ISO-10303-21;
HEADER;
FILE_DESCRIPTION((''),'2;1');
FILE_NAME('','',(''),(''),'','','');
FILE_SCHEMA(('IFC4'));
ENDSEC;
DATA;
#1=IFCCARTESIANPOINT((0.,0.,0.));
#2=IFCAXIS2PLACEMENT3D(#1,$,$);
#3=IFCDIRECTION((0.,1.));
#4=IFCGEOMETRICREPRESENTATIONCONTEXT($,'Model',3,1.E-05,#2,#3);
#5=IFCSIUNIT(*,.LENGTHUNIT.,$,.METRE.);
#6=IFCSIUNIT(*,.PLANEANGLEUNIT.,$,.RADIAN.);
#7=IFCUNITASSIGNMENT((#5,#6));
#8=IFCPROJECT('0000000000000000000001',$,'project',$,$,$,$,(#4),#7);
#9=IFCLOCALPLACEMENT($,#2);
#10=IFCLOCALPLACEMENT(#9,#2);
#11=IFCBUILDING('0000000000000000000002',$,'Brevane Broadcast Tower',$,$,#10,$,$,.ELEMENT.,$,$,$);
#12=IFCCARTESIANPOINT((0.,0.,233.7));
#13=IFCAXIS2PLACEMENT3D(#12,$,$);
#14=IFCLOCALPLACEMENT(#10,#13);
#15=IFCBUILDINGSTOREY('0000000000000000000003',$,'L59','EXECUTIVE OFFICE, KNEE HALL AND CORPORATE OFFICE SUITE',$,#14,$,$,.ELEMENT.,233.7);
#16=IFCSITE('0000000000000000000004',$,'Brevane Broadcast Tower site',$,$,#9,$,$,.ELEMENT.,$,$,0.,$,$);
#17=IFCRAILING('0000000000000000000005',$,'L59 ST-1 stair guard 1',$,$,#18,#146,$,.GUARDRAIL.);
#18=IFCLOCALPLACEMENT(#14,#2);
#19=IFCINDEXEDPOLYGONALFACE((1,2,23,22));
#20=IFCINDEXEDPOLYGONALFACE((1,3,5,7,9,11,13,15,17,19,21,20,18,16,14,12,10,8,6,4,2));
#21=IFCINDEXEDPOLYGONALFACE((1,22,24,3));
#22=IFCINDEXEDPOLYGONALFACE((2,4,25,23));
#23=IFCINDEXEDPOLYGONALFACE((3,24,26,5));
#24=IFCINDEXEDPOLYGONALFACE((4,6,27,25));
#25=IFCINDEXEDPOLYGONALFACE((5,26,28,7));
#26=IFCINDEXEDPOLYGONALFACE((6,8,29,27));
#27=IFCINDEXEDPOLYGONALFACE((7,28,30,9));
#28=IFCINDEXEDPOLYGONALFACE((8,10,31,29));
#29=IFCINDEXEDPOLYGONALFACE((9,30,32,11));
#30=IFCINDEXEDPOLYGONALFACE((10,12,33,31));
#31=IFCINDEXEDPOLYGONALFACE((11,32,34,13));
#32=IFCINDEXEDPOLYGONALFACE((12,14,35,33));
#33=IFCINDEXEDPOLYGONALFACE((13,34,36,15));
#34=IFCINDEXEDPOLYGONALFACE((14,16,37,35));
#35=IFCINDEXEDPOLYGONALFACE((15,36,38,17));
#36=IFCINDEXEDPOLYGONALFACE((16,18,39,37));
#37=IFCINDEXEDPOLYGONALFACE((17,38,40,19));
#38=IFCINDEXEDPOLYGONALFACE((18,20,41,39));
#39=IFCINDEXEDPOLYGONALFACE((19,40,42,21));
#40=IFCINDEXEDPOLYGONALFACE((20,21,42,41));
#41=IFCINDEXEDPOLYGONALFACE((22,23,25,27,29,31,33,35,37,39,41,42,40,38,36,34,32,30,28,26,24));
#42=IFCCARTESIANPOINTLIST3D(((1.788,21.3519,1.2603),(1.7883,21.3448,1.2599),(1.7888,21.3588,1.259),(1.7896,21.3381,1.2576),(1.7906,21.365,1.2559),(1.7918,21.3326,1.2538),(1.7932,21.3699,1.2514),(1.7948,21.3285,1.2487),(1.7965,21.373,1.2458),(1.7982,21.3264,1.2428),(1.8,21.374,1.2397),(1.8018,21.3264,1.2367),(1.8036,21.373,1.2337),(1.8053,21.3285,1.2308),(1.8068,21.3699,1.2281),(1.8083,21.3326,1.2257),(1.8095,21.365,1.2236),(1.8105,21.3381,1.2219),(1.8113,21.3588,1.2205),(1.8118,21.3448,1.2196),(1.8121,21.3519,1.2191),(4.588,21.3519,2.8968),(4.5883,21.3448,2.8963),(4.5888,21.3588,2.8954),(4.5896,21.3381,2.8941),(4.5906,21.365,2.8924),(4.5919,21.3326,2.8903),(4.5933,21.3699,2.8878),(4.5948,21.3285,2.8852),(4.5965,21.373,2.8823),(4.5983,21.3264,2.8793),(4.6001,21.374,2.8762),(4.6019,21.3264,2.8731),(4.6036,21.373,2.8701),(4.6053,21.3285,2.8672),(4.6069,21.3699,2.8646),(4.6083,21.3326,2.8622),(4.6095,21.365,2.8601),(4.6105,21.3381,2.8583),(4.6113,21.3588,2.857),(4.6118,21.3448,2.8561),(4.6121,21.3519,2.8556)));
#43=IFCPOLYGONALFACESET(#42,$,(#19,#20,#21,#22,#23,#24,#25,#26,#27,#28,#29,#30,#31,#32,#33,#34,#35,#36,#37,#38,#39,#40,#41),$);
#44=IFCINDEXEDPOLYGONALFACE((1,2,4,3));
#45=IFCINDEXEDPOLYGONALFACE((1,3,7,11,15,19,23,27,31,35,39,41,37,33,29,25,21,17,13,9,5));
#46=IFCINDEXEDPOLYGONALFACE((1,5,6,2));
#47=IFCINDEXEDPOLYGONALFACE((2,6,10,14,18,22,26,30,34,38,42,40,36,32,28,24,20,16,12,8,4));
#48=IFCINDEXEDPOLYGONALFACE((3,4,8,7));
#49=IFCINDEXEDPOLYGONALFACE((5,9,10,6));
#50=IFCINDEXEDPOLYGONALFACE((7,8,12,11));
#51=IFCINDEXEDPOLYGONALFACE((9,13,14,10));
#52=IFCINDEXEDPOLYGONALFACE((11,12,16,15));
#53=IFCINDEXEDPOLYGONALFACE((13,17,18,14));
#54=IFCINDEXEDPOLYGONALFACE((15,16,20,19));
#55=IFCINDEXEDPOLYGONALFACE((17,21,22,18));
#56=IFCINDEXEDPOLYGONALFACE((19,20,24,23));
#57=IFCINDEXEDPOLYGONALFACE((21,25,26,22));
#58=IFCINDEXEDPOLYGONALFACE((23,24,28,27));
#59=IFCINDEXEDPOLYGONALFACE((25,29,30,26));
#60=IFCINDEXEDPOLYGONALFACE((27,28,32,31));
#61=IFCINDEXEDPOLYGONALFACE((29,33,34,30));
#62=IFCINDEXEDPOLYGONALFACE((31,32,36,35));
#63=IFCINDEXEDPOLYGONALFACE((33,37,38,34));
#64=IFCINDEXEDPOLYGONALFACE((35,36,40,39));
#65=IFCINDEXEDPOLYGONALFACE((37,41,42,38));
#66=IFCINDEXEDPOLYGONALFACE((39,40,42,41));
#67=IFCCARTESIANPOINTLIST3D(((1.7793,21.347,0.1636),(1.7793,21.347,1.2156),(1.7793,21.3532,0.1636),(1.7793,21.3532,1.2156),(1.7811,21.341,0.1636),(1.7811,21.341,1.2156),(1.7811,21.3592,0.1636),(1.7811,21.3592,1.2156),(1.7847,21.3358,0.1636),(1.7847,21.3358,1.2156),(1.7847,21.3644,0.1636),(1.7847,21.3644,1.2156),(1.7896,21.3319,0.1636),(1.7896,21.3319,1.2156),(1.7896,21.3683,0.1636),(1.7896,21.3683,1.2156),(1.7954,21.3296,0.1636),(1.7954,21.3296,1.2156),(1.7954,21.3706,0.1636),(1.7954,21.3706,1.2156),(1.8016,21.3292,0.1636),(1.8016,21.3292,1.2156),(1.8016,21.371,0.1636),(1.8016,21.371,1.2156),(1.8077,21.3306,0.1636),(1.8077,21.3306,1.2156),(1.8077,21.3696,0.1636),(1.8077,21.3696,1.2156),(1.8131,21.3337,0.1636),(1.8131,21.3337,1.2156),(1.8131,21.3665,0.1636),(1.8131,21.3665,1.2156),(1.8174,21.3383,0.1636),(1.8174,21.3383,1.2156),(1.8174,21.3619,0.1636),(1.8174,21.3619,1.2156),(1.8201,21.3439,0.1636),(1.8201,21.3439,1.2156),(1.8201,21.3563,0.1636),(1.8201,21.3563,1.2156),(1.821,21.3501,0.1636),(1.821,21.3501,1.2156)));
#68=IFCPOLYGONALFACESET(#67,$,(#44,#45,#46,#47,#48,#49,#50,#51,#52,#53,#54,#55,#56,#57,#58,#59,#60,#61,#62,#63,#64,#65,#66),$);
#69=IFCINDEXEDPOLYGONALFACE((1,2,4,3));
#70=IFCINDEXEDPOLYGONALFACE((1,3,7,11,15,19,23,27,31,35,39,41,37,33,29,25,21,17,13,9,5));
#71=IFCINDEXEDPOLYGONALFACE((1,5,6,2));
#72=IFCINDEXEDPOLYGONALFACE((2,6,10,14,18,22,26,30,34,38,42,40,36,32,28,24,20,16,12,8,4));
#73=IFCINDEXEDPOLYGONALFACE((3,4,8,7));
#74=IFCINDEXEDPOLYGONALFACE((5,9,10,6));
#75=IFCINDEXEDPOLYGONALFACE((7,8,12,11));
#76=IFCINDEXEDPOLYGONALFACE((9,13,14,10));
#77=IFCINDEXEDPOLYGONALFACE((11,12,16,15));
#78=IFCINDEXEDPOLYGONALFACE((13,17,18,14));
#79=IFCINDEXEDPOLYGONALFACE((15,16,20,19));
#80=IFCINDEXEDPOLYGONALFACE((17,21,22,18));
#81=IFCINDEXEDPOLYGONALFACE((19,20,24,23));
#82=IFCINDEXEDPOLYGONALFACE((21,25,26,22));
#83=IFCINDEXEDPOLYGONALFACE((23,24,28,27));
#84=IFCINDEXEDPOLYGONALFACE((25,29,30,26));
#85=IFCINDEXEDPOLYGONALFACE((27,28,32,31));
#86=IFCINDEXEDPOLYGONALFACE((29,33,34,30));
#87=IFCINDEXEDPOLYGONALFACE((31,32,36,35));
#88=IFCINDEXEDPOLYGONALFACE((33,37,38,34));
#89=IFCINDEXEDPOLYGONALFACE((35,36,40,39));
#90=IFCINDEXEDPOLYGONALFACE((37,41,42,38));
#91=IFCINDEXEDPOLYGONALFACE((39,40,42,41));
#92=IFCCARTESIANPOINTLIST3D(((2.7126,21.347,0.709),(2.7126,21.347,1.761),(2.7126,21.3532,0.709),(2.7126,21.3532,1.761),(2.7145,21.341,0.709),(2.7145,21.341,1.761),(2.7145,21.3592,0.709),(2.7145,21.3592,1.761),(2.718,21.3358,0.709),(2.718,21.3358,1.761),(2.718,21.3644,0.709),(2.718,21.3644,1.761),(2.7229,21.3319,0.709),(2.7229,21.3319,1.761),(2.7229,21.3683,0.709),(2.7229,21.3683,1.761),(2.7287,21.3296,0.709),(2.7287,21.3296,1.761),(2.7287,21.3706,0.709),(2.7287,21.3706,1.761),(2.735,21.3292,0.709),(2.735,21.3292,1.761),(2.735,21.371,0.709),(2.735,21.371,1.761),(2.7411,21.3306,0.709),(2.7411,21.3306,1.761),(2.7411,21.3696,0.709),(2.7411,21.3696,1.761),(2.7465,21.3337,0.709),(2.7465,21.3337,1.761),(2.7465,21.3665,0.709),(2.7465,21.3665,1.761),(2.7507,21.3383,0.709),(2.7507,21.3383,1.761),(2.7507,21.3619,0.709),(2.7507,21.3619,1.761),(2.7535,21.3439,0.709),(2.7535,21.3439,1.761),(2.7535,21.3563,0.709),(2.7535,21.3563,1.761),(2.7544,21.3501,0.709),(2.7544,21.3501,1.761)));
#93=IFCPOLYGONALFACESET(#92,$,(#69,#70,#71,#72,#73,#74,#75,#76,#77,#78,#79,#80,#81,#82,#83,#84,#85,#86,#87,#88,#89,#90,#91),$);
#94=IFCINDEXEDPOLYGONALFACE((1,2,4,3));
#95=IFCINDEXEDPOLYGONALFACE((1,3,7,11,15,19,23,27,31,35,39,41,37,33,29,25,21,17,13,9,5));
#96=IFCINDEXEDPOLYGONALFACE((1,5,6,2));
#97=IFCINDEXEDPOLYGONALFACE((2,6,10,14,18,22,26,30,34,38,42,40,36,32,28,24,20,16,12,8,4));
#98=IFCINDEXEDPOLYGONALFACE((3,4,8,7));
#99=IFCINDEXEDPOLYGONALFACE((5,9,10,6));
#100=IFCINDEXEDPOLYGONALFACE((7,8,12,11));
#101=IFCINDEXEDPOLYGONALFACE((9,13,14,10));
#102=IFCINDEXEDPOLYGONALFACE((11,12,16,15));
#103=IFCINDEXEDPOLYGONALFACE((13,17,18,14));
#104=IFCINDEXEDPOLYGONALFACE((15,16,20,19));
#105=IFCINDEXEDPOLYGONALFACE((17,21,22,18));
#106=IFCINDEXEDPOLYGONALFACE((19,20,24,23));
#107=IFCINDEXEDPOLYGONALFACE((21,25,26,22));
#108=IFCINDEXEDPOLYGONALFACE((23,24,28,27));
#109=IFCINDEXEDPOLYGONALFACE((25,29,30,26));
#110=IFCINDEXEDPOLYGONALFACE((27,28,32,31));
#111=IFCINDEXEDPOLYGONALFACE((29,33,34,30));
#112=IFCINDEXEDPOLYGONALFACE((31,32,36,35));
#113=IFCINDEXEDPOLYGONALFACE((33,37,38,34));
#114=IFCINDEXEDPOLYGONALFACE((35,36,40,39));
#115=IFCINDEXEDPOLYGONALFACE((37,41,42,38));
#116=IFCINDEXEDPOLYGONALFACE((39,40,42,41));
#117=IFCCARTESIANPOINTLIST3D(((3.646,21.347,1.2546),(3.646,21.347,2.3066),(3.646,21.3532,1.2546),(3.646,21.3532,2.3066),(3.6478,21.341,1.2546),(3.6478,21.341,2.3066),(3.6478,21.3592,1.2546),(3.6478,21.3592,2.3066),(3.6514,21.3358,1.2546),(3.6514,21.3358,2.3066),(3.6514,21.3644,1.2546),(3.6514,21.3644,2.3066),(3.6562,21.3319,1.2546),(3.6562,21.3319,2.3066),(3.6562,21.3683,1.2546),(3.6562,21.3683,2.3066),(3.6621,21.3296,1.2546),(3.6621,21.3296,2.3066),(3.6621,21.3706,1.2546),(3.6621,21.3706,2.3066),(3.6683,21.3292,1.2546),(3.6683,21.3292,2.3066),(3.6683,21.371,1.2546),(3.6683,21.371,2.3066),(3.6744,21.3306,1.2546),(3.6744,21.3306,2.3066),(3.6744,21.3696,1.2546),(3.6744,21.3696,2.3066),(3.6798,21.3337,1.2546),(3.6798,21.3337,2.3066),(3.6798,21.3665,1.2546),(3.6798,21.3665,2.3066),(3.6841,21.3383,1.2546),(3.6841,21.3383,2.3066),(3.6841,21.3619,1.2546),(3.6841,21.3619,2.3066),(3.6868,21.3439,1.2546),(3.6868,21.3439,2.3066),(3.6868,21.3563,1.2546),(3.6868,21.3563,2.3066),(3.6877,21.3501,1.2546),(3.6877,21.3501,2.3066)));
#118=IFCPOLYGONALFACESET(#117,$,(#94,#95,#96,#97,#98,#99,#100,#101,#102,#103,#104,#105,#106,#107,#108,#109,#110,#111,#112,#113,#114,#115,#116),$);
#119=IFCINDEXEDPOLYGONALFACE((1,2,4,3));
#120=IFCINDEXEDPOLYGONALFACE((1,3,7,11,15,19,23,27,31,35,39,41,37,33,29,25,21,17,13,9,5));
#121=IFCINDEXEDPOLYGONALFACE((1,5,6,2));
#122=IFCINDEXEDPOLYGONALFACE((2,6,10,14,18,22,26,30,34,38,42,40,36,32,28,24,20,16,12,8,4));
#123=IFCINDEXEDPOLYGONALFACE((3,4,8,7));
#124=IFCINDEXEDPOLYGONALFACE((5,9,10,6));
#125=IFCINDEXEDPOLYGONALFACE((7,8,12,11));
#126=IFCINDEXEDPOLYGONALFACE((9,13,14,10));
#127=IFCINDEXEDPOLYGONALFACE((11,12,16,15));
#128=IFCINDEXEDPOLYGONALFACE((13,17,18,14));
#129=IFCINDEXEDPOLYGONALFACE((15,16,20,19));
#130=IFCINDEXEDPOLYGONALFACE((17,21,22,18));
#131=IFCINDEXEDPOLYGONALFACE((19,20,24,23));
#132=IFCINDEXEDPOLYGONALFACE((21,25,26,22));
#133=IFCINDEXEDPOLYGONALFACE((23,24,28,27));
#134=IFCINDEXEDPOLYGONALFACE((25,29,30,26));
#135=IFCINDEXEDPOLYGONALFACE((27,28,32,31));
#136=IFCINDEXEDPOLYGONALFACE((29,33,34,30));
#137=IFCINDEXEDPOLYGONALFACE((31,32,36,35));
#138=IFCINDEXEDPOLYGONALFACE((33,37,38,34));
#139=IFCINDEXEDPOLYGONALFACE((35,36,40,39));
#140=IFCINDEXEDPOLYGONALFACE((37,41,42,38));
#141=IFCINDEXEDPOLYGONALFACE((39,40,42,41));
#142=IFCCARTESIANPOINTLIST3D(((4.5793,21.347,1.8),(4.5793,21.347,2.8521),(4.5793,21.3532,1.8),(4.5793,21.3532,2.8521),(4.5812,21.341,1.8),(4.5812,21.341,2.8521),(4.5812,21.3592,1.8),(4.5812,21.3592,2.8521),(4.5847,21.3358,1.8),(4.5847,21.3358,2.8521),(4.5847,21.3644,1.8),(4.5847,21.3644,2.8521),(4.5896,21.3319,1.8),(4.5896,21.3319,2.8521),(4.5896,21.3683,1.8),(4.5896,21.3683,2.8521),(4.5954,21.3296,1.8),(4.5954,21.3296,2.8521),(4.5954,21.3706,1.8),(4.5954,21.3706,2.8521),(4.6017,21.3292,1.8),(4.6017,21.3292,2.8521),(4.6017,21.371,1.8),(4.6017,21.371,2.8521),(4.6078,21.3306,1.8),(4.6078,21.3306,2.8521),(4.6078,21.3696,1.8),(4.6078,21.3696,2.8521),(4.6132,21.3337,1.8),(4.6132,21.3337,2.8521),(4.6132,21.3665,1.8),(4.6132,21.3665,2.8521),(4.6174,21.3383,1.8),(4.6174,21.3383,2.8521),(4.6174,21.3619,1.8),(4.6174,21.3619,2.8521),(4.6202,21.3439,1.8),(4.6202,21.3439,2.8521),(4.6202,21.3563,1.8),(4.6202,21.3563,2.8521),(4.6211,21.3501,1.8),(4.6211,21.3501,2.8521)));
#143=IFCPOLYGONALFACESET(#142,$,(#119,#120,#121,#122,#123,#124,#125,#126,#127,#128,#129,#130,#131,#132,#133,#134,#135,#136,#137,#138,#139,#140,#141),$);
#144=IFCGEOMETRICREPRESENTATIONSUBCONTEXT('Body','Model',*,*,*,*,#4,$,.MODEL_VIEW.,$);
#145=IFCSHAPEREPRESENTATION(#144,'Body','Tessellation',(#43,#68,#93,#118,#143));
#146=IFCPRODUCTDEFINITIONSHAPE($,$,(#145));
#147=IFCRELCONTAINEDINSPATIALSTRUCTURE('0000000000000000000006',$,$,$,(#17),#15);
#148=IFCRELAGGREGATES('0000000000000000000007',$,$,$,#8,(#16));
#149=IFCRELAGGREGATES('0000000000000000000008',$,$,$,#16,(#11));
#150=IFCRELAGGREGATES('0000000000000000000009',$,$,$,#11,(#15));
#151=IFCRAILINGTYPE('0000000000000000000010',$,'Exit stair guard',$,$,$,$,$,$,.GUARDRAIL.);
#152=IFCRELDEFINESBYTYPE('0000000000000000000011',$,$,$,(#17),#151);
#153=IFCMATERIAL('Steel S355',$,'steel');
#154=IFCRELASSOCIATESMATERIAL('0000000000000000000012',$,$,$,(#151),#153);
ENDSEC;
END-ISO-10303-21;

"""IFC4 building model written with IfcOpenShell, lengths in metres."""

from ifc_helpers import new_model, si_unit, direction, frame, origin, origin_2d, place, context, subcontext, project, spatial, circle, extrude, material, type_object, element, save


model = new_model("IFC4")

# Units and contexts
model_context = context("Model", 3, precision=1e-05, world=origin(), true_north=direction((0.0, 1.0)))
body_context = subcontext(model_context, "Body", "Model", "MODEL_VIEW")
ifc_project = project(units=[si_unit("LENGTHUNIT", "METRE"), si_unit("PLANEANGLEUNIT", "RADIAN")], contexts=[model_context])

# Site, building, storey
site_placement = place(None, origin())
site = spatial("IfcSite", under=ifc_project, at=site_placement, Name="Brevane Broadcast Tower site", CompositionType="ELEMENT", RefElevation=0.0)
building_placement = place(site_placement, origin())
building = spatial("IfcBuilding", under=site, at=building_placement, Name="Brevane Broadcast Tower", CompositionType="ELEMENT")
storey_placement = place(building_placement, frame((0.0, 0.0, 233.7)))
storey = spatial("IfcBuildingStorey", under=building, at=storey_placement, Name="L59", Description="EXECUTIVE OFFICE, KNEE HALL AND CORPORATE OFFICE SUITE", CompositionType="ELEMENT", Elevation=233.7)

# Railing
ifc_material_1 = material(Name="Steel S355", Category="steel")
railing_type_1 = type_object("IfcRailingType", Name="Exit stair guard", PredefinedType="GUARDRAIL", material=ifc_material_1)
railing_1_placement = place(storey_placement, frame((1.8, 21.3501, 0.1636)))
element("IfcRailing", 1, at=railing_1_placement, inside=storey, type_object=railing_type_1, Name="L59 ST-1 stair guard 1", PredefinedType="GUARDRAIL", context=body_context, shape_type="SweptSolid", body=[
    extrude(circle(Radius=0.0239, at=origin_2d()), frame((0.0, 0.0, 1.0762), z_axis=(0.863361, 0.0, 0.504587), x_axis=(0.0, 1.0, 0.0)), (0.0, 0.0, 1.0), 3.2432),
    extrude(circle(Radius=0.021, at=origin_2d()), origin(), (0.0, 0.0, 1.0), 1.052),
    extrude(circle(Radius=0.021, at=origin_2d()), frame((0.9333, 0.0, 0.5454)), (0.0, 0.0, 1.0), 1.052),
    extrude(circle(Radius=0.021, at=origin_2d()), frame((1.8667, 0.0, 1.0911)), (0.0, 0.0, 1.0), 1.052),
    extrude(circle(Radius=0.021, at=origin_2d()), frame((2.8, 0.0, 1.6365)), (0.0, 0.0, 1.0), 1.052),
])

save(model, "model.ifc")
